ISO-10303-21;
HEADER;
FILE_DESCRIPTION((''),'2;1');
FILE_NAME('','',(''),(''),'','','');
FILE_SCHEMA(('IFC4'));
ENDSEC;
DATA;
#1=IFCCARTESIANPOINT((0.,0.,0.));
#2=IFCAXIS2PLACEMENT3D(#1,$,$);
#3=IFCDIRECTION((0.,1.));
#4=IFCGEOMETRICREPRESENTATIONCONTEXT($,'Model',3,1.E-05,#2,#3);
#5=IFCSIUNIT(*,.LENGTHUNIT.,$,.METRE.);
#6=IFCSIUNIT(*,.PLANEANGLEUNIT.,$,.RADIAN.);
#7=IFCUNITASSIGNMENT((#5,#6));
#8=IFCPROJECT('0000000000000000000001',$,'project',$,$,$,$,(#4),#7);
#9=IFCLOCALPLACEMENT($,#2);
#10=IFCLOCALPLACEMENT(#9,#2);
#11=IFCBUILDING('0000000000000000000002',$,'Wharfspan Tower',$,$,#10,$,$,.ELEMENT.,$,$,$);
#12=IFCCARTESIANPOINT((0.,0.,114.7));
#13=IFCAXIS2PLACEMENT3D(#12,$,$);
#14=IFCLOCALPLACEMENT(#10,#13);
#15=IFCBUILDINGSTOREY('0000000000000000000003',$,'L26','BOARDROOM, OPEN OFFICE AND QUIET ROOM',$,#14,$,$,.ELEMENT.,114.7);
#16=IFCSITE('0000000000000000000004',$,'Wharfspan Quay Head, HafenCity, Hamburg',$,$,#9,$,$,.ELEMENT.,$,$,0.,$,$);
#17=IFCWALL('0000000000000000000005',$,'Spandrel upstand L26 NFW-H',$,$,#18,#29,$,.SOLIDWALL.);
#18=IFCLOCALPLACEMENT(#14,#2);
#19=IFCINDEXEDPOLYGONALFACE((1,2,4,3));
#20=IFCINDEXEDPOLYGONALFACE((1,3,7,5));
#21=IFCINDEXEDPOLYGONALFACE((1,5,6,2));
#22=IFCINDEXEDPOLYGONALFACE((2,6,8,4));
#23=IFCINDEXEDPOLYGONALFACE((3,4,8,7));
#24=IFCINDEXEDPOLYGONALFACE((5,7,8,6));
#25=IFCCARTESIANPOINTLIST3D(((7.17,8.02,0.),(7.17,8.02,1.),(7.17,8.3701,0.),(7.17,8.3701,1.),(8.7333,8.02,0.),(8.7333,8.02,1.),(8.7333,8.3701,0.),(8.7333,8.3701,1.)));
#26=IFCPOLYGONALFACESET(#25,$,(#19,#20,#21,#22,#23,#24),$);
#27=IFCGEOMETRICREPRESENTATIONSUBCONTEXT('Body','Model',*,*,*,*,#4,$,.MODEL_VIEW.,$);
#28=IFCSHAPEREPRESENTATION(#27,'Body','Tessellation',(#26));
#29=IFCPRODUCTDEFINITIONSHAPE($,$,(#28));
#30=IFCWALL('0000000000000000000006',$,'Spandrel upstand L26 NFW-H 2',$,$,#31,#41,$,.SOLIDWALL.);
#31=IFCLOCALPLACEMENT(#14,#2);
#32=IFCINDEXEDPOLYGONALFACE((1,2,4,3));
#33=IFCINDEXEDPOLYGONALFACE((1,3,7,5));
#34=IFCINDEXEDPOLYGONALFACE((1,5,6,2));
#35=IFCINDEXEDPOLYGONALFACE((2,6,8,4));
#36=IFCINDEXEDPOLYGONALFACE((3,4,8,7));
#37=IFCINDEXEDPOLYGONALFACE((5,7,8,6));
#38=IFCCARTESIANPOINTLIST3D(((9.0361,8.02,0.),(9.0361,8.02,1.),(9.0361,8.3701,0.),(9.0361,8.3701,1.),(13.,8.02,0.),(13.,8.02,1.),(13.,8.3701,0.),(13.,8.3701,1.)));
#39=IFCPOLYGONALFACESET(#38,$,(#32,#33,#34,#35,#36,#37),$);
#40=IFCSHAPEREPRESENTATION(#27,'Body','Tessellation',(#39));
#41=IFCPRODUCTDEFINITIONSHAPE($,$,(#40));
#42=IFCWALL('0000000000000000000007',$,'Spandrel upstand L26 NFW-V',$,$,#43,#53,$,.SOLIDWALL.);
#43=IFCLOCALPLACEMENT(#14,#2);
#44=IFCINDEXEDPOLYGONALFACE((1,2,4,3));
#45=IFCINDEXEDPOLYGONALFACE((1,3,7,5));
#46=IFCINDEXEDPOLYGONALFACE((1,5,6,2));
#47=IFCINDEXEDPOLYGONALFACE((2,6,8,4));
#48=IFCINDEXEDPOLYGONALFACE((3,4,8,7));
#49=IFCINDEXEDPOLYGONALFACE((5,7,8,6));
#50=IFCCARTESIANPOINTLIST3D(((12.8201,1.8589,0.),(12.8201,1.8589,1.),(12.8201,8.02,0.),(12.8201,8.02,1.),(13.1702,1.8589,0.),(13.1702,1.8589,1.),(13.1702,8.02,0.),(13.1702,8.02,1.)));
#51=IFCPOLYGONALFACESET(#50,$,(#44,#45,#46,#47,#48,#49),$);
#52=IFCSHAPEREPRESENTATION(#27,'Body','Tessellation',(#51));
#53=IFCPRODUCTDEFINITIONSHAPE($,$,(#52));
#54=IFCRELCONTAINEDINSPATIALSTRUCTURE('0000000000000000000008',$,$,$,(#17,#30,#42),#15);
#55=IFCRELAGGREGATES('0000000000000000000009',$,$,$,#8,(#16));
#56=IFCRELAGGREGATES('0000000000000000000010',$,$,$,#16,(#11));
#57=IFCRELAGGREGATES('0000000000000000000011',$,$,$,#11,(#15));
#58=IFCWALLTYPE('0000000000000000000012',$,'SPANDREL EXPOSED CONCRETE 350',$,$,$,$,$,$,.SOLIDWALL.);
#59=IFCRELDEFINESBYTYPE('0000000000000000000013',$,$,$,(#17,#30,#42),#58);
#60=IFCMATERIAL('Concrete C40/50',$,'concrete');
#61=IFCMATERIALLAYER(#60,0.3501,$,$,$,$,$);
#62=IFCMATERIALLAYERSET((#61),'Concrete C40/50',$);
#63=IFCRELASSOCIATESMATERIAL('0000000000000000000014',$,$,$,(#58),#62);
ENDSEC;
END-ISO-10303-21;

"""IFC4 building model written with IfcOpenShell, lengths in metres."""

from ifc_helpers import new_model, si_unit, direction, frame, frame_2d, origin, place, context, subcontext, project, spatial, rectangle, extrude, material, layer, layer_set, type_object, element, save


model = new_model("IFC4")

# Units and contexts
model_context = context("Model", 3, precision=1e-05, world=origin(), true_north=direction((0.0, 1.0)))
body_context = subcontext(model_context, "Body", "Model", "MODEL_VIEW")
ifc_project = project(units=[si_unit("LENGTHUNIT", "METRE"), si_unit("PLANEANGLEUNIT", "RADIAN")], contexts=[model_context])

# Site, building, storey
site_placement = place(None, origin())
site = spatial("IfcSite", under=ifc_project, at=site_placement, Name="Wharfspan Quay Head, HafenCity, Hamburg", CompositionType="ELEMENT", RefElevation=0.0)
building_placement = place(site_placement, origin())
building = spatial("IfcBuilding", under=site, at=building_placement, Name="Wharfspan Tower", CompositionType="ELEMENT")
storey_placement = place(building_placement, frame((0.0, 0.0, 114.7)))
storey = spatial("IfcBuildingStorey", under=building, at=storey_placement, Name="L26", Description="BOARDROOM, OPEN OFFICE AND QUIET ROOM", CompositionType="ELEMENT", Elevation=114.7)

# Shared definitions
ifc_material_1 = material(Name="Concrete C40/50", Category="concrete")

# Walls
ifc_layer_1 = layer(ifc_material_1, 0.3501)
ifc_layer_set_1 = layer_set([ifc_layer_1], Name="Concrete C40/50")
wall_type_1 = type_object("IfcWallType", Name="SPANDREL EXPOSED CONCRETE 350", PredefinedType="SOLIDWALL", material=ifc_layer_set_1)
wall_1_placement = place(storey_placement, frame((7.1699, 8.1951, 0.0), z_axis=(0.0, 0.0, 1.0), x_axis=(1.0, 0.0, 0.0)))
element("IfcWall", 1, at=wall_1_placement, inside=storey, type_object=wall_type_1, Name="Spandrel upstand L26 NFW-H", PredefinedType="SOLIDWALL", context=body_context, shape_type="SweptSolid", body=[
    extrude(rectangle(XDim=1.5632, YDim=0.3501, at=frame_2d((0.7817, 0.0))), origin(), (0.0, 0.0, 1.0), 1.0),
])
wall_2_placement = place(storey_placement, frame((9.0361, 8.1951, 0.0), z_axis=(0.0, 0.0, 1.0), x_axis=(1.0, 0.0, 0.0)))
element("IfcWall", 2, at=wall_2_placement, inside=storey, type_object=wall_type_1, Name="Spandrel upstand L26 NFW-H 2", PredefinedType="SOLIDWALL", context=body_context, shape_type="SweptSolid", body=[
    extrude(rectangle(XDim=3.9639, YDim=0.3501, at=frame_2d((1.9819, 0.0))), origin(), (0.0, 0.0, 1.0), 1.0),
])
wall_3_placement = place(storey_placement, frame((12.9951, 8.02, 0.0), z_axis=(0.0, 0.0, 1.0), x_axis=(0.0, -1.0, 0.0)))
element("IfcWall", 3, at=wall_3_placement, inside=storey, type_object=wall_type_1, Name="Spandrel upstand L26 NFW-V", PredefinedType="SOLIDWALL", context=body_context, shape_type="SweptSolid", body=[
    extrude(rectangle(XDim=6.1611, YDim=0.3501, at=frame_2d((3.0806, 0.0))), origin(), (0.0, 0.0, 1.0), 1.0),
])

save(model, "model.ifc")
